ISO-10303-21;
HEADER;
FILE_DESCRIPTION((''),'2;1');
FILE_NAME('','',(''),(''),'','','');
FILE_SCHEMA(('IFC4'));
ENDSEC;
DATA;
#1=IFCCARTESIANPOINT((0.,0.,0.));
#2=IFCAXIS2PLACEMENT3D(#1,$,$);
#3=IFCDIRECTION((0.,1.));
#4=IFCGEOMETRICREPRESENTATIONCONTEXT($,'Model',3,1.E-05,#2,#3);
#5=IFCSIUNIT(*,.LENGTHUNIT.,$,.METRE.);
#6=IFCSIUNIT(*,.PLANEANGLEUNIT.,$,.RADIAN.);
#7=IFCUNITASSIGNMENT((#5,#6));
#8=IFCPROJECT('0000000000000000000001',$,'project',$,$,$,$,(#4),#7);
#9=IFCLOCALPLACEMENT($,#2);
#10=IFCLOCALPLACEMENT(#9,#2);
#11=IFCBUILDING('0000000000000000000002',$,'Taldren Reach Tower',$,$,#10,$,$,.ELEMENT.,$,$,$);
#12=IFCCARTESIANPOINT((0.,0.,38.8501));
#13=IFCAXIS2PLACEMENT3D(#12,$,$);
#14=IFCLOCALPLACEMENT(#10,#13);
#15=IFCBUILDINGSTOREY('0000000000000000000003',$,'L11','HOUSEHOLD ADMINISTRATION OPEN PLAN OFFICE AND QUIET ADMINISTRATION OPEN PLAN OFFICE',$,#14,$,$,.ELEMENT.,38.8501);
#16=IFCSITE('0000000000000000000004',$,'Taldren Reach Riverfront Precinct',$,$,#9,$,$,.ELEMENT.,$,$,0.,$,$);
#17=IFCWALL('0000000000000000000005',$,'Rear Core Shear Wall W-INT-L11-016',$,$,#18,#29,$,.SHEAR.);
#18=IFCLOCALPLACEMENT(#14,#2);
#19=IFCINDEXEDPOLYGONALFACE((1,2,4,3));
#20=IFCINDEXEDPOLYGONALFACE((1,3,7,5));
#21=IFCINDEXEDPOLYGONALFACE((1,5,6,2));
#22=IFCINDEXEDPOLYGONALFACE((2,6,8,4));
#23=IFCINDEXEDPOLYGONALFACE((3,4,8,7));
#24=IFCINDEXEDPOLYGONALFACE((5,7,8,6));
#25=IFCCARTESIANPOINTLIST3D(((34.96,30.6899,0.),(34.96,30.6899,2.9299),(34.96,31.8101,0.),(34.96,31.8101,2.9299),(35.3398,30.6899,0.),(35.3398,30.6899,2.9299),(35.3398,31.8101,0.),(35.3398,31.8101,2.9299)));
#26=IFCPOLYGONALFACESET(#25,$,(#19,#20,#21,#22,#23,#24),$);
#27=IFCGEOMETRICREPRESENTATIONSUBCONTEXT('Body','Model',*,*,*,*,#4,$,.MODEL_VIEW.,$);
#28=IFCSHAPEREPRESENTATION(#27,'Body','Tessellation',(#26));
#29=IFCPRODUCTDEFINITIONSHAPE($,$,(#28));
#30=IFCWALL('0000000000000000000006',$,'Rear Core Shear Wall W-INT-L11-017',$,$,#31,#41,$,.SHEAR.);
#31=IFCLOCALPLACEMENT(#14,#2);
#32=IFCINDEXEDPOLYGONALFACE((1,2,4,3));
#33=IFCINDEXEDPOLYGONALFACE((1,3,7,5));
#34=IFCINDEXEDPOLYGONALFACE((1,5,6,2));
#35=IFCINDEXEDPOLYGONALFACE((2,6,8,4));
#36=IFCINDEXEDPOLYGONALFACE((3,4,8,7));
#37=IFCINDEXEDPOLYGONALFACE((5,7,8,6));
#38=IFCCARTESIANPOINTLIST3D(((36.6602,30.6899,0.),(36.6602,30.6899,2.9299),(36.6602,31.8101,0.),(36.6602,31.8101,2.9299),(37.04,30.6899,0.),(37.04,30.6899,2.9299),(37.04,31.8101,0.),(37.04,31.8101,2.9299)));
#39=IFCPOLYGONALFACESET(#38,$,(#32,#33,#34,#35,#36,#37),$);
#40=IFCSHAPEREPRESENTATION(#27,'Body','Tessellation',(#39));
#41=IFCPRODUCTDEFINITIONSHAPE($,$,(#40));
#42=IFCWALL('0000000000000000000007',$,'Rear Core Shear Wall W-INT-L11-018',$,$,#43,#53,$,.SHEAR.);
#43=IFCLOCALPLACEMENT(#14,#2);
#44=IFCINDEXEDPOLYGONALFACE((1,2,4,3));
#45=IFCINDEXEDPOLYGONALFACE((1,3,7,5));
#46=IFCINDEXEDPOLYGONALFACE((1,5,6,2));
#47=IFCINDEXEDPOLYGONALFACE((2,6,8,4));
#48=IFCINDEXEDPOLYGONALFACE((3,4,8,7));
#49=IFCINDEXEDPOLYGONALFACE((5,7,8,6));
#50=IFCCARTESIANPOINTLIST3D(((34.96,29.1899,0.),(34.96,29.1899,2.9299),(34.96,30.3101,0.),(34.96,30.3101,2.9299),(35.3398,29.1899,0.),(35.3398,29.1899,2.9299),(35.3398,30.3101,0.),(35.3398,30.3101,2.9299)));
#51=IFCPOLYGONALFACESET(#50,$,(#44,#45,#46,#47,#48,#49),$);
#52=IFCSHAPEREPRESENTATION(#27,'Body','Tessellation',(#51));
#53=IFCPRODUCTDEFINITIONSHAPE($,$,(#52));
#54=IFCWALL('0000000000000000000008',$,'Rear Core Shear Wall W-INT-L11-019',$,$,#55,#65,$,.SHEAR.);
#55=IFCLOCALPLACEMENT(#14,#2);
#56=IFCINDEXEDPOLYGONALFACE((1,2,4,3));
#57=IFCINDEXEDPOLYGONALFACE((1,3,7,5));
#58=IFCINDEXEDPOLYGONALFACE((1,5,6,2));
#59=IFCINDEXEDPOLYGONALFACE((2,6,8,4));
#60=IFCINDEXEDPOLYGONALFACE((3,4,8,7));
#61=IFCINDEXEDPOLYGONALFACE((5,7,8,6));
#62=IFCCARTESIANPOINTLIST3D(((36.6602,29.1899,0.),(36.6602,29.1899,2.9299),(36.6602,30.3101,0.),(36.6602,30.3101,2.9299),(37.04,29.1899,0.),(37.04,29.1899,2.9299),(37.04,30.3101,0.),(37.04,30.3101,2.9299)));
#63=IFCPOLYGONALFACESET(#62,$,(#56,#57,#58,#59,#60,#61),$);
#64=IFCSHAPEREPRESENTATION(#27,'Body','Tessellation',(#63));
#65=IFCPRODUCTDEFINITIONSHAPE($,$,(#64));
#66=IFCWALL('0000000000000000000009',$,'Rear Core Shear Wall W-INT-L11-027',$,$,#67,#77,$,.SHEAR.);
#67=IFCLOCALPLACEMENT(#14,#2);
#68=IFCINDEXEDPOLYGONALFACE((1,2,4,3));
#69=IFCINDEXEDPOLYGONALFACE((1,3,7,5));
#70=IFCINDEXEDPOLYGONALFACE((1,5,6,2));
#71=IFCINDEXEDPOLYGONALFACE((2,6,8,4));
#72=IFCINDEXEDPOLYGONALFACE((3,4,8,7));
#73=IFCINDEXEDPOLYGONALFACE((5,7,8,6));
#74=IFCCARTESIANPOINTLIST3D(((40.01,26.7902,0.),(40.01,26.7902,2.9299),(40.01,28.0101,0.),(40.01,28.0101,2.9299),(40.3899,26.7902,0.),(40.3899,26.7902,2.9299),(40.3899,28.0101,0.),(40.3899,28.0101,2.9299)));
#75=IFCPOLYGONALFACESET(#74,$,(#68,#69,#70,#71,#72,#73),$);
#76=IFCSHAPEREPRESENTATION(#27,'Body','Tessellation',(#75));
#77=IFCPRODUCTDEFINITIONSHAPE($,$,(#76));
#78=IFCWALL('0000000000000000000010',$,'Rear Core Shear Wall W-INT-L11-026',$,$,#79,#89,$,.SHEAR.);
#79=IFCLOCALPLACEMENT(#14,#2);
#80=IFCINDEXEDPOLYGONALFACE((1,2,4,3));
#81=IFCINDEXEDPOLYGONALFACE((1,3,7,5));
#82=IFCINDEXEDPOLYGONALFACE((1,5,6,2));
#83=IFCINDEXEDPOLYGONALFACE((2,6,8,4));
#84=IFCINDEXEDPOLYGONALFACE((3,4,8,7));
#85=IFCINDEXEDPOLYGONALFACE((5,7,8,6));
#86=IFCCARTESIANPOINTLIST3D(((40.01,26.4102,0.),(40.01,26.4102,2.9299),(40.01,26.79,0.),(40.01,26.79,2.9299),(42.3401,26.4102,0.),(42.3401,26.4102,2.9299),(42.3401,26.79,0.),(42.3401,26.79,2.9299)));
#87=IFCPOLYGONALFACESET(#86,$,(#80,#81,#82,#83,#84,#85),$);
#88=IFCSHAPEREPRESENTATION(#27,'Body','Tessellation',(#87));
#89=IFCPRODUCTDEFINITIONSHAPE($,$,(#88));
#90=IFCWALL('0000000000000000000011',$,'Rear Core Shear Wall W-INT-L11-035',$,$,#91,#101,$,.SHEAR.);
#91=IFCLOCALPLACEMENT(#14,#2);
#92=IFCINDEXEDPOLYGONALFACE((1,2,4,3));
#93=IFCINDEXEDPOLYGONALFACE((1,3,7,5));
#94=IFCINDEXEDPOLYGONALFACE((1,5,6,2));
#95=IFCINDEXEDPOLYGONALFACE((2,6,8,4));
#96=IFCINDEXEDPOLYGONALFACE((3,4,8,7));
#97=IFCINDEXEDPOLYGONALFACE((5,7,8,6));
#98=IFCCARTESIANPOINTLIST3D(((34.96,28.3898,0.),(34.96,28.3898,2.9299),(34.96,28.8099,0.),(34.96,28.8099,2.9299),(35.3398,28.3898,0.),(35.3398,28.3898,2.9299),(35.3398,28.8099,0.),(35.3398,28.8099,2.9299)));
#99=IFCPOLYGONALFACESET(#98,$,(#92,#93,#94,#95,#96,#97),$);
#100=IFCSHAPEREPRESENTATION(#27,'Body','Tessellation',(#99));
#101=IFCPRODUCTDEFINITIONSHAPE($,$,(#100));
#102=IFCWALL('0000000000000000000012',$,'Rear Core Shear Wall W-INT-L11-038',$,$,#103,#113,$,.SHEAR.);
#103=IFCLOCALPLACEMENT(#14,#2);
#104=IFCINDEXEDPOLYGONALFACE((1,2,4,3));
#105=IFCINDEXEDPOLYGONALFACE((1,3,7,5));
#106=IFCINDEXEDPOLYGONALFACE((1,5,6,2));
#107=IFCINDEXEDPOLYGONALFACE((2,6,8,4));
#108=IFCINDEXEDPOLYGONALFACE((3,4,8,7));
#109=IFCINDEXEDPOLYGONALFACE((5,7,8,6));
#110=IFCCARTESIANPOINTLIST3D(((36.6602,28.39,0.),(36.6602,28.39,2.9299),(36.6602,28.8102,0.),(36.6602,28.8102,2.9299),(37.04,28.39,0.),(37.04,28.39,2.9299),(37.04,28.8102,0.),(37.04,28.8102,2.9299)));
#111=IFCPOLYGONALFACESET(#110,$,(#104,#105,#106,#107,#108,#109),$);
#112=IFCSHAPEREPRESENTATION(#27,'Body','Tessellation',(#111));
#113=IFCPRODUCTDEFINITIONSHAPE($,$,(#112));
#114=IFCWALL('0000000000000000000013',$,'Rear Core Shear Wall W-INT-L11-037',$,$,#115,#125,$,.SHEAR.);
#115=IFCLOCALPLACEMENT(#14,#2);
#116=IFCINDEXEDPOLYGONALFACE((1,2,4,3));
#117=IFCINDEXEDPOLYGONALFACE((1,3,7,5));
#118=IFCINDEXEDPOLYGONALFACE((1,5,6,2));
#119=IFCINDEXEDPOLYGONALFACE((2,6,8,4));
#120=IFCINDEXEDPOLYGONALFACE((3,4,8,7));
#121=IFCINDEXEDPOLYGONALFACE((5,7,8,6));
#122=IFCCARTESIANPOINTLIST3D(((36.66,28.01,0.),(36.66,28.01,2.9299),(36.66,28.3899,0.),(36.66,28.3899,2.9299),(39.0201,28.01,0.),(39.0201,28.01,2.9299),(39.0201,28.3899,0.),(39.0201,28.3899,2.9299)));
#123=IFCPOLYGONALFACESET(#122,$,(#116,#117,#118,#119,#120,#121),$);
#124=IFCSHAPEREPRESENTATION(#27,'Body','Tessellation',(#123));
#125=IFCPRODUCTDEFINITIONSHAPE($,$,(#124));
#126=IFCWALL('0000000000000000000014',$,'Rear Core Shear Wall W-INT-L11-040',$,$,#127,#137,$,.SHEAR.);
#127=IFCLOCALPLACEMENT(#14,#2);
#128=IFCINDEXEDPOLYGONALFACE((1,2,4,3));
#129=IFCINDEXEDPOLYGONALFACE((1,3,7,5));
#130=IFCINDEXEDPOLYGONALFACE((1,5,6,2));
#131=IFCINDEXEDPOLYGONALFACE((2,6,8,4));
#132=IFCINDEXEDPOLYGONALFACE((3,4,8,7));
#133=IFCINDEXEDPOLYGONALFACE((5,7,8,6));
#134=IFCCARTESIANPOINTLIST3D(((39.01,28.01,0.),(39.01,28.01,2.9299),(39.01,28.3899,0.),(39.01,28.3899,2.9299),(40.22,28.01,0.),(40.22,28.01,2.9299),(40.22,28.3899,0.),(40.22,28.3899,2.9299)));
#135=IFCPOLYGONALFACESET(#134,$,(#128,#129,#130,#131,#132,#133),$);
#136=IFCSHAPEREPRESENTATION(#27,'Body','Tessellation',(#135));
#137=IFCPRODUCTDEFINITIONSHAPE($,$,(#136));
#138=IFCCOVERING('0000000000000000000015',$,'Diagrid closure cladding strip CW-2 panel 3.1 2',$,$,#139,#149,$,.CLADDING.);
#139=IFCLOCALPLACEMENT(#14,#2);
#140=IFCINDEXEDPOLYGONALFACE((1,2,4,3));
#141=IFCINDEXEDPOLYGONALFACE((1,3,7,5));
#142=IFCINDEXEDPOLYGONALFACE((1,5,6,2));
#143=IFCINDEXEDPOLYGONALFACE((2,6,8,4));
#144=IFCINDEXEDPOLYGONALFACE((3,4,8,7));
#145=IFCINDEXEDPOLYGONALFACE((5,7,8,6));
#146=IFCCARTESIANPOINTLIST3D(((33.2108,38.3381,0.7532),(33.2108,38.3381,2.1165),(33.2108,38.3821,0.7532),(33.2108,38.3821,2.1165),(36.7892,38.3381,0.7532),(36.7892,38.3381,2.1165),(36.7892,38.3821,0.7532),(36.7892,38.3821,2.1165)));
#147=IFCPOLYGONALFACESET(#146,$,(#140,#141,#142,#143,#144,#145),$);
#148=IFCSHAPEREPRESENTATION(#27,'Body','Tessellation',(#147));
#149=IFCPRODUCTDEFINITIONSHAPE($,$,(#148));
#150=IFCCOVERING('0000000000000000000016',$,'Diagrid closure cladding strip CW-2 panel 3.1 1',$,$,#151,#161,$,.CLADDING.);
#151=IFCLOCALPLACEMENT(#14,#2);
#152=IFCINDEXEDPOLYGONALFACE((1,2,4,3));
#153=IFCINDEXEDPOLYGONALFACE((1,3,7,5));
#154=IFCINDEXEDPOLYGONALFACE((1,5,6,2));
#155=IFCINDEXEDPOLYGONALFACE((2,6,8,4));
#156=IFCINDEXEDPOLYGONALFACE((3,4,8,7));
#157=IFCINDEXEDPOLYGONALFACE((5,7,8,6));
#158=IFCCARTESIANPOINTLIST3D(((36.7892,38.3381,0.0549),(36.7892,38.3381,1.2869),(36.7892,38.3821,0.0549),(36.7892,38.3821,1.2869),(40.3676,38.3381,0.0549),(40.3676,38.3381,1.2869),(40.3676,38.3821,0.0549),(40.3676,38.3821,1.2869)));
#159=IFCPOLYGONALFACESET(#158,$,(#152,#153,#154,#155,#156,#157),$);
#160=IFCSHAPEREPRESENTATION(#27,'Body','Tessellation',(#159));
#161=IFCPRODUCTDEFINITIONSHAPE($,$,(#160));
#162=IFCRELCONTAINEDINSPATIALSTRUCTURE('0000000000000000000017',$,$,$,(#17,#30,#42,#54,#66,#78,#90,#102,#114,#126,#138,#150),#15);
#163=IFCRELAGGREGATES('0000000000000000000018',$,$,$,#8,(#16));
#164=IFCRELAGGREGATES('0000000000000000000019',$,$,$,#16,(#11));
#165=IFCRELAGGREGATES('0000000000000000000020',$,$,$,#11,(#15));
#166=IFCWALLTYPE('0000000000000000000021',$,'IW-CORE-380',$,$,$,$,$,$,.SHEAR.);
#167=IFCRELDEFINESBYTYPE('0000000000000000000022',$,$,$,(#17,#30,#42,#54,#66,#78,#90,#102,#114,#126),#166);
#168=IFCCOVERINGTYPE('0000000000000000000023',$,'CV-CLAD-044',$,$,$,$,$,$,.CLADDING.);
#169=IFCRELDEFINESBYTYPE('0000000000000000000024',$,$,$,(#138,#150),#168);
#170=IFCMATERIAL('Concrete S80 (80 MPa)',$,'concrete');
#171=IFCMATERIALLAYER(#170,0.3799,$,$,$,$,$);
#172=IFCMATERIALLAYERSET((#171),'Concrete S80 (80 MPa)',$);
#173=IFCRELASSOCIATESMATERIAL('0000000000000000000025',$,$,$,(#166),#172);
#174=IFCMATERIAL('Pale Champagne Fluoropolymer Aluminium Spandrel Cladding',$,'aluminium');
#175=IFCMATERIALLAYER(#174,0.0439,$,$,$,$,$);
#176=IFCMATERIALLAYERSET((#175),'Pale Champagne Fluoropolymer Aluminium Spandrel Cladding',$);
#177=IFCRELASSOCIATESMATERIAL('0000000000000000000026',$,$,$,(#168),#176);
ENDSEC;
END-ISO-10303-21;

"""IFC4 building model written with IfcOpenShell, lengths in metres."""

from ifc_helpers import new_model, si_unit, direction, frame, frame_2d, origin, origin_2d, place, context, subcontext, project, spatial, rectangle, extrude, source, transform, mapped, material, layer, layer_set, type_object, element, save


model = new_model("IFC4")

# Units and contexts
model_context = context("Model", 3, precision=1e-05, world=origin(), true_north=direction((0.0, 1.0)))
body_context = subcontext(model_context, "Body", "Model", "MODEL_VIEW")
ifc_project = project(units=[si_unit("LENGTHUNIT", "METRE"), si_unit("PLANEANGLEUNIT", "RADIAN")], contexts=[model_context])

# Site, building, storey
site_placement = place(None, origin())
site = spatial("IfcSite", under=ifc_project, at=site_placement, Name="Taldren Reach Riverfront Precinct", CompositionType="ELEMENT", RefElevation=0.0)
building_placement = place(site_placement, origin())
building = spatial("IfcBuilding", under=site, at=building_placement, Name="Taldren Reach Tower", CompositionType="ELEMENT")
storey_placement = place(building_placement, frame((0.0, 0.0, 38.8501)))
storey = spatial("IfcBuildingStorey", under=building, at=storey_placement, Name="L11", Description="HOUSEHOLD ADMINISTRATION OPEN PLAN OFFICE AND QUIET ADMINISTRATION OPEN PLAN OFFICE", CompositionType="ELEMENT", Elevation=38.8501)

# Walls
ifc_material_1 = material(Name="Concrete S80 (80 MPa)", Category="concrete")
ifc_layer_1 = layer(ifc_material_1, 0.3799)
ifc_layer_set_1 = layer_set([ifc_layer_1], Name="Concrete S80 (80 MPa)")
wall_type_1 = type_object("IfcWallType", Name="IW-CORE-380", PredefinedType="SHEAR", material=ifc_layer_set_1)
shared_shape_1 = source(origin(), body_context, "Body", "SweptSolid", [
    extrude(rectangle(XDim=1.1201, YDim=0.3799, at=frame_2d((0.5601, 0.0))), origin(), (0.0, 0.0, 1.0), 2.9299),
])
for number, where, z_axis, x_axis, name in (
    (1, (35.1499, 31.8101, 0.0), (0.0, 0.0, 1.0), (0.0, -1.0, 0.0), "Rear Core Shear Wall W-INT-L11-016"),
    (2, (36.8501, 30.6899, 0.0), (0.0, 0.0, 1.0), (0.0, 1.0, 0.0), "Rear Core Shear Wall W-INT-L11-017"),
    (3, (35.1499, 30.3101, 0.0), (0.0, 0.0, 1.0), (0.0, -1.0, 0.0), "Rear Core Shear Wall W-INT-L11-018"),
    (4, (36.8501, 29.1899, 0.0), (0.0, 0.0, 1.0), (0.0, 1.0, 0.0), "Rear Core Shear Wall W-INT-L11-019"),
):
    element("IfcWall", number, at=place(storey_placement, frame(where, z_axis=z_axis, x_axis=x_axis)), inside=storey, type_object=wall_type_1, Name=name, PredefinedType="SHEAR", context=body_context, shape_type="MappedRepresentation", body=[
        mapped(shared_shape_1, transform((0.0, 0.0, 0.0), scale=1.0)),
    ])
shared_shape_2 = source(origin(), body_context, "Body", "SweptSolid", [
    extrude(rectangle(XDim=1.22, YDim=0.3799, at=frame_2d((0.6099, 0.0))), origin(), (0.0, 0.0, 1.0), 2.9299),
])
wall_1_placement = place(storey_placement, frame((40.2, 28.01, 0.0), z_axis=(0.0, 0.0, 1.0), x_axis=(0.0, -1.0, 0.0)))
element("IfcWall", 5, at=wall_1_placement, inside=storey, type_object=wall_type_1, Name="Rear Core Shear Wall W-INT-L11-027", PredefinedType="SHEAR", context=body_context, shape_type="MappedRepresentation", body=[
    mapped(shared_shape_2, transform((0.0, 0.0, 0.0), scale=1.0)),
])
shared_shape_3 = source(origin(), body_context, "Body", "SweptSolid", [
    extrude(rectangle(XDim=2.3301, YDim=0.3799, at=frame_2d((1.165, 0.0))), origin(), (0.0, 0.0, 1.0), 2.9299),
])
wall_2_placement = place(storey_placement, frame((40.01, 26.6001, 0.0), z_axis=(0.0, 0.0, 1.0), x_axis=(1.0, 0.0, 0.0)))
element("IfcWall", 6, at=wall_2_placement, inside=storey, type_object=wall_type_1, Name="Rear Core Shear Wall W-INT-L11-026", PredefinedType="SHEAR", context=body_context, shape_type="MappedRepresentation", body=[
    mapped(shared_shape_3, transform((0.0, 0.0, 0.0), scale=1.0)),
])
shared_shape_4 = source(origin(), body_context, "Body", "SweptSolid", [
    extrude(rectangle(XDim=0.4202, YDim=0.3799, at=frame_2d((0.21, 0.0))), origin(), (0.0, 0.0, 1.0), 2.9299),
])
for number, where, z_axis, x_axis, name in (
    (7, (35.1499, 28.3899, 0.0), (0.0, 0.0, 1.0), (0.0, 1.0, 0.0), "Rear Core Shear Wall W-INT-L11-035"),
    (8, (36.8501, 28.8101, 0.0), (0.0, 0.0, 1.0), (0.0, -1.0, 0.0), "Rear Core Shear Wall W-INT-L11-038"),
):
    element("IfcWall", number, at=place(storey_placement, frame(where, z_axis=z_axis, x_axis=x_axis)), inside=storey, type_object=wall_type_1, Name=name, PredefinedType="SHEAR", context=body_context, shape_type="MappedRepresentation", body=[
        mapped(shared_shape_4, transform((0.0, 0.0, 0.0), scale=1.0)),
    ])
shared_shape_5 = source(origin(), body_context, "Body", "SweptSolid", [
    extrude(rectangle(XDim=2.3601, YDim=0.3799, at=frame_2d((1.1802, 0.0))), origin(), (0.0, 0.0, 1.0), 2.9299),
])
wall_3_placement = place(storey_placement, frame((36.6599, 28.2, 0.0), z_axis=(0.0, 0.0, 1.0), x_axis=(1.0, 0.0, 0.0)))
element("IfcWall", 9, at=wall_3_placement, inside=storey, type_object=wall_type_1, Name="Rear Core Shear Wall W-INT-L11-037", PredefinedType="SHEAR", context=body_context, shape_type="MappedRepresentation", body=[
    mapped(shared_shape_5, transform((0.0, 0.0, 0.0), scale=1.0)),
])
shared_shape_6 = source(origin(), body_context, "Body", "SweptSolid", [
    extrude(rectangle(XDim=1.21, YDim=0.3799, at=frame_2d((0.605, 0.0))), origin(), (0.0, 0.0, 1.0), 2.9299),
])
wall_4_placement = place(storey_placement, frame((39.01, 28.2, 0.0), z_axis=(0.0, 0.0, 1.0), x_axis=(1.0, 0.0, 0.0)))
element("IfcWall", 10, at=wall_4_placement, inside=storey, type_object=wall_type_1, Name="Rear Core Shear Wall W-INT-L11-040", PredefinedType="SHEAR", context=body_context, shape_type="MappedRepresentation", body=[
    mapped(shared_shape_6, transform((0.0, 0.0, 0.0), scale=1.0)),
])

# Coverings
ifc_material_2 = material(Name="Pale Champagne Fluoropolymer Aluminium Spandrel Cladding", Category="aluminium")
ifc_layer_2 = layer(ifc_material_2, 0.0439)
ifc_layer_set_2 = layer_set([ifc_layer_2], Name="Pale Champagne Fluoropolymer Aluminium Spandrel Cladding")
covering_type = type_object("IfcCoveringType", Name="CV-CLAD-044", PredefinedType="CLADDING", material=ifc_layer_set_2)
shared_shape_7 = source(origin(), body_context, "Body", "SweptSolid", [
    extrude(rectangle(XDim=3.5784, YDim=0.0439, at=origin_2d()), origin(), (0.0, 0.0, 1.0), 1.3633),
])
covering_1_placement = place(storey_placement, frame((35.0, 38.3601, 0.7532), z_axis=(0.0, 0.0, 1.0), x_axis=(-1.0, 0.0, 0.0)))
element("IfcCovering", 11, at=covering_1_placement, inside=storey, type_object=covering_type, Name="Diagrid closure cladding strip CW-2 panel 3.1 2", PredefinedType="CLADDING", context=body_context, shape_type="MappedRepresentation", body=[
    mapped(shared_shape_7, transform((0.0, 0.0, 0.0), scale=1.0)),
])
shared_shape_8 = source(origin(), body_context, "Body", "SweptSolid", [
    extrude(rectangle(XDim=3.5784, YDim=0.0439, at=origin_2d()), origin(), (0.0, 0.0, 1.0), 1.2319),
])
covering_2_placement = place(storey_placement, frame((38.5784, 38.3601, 0.0549), z_axis=(0.0, 0.0, 1.0), x_axis=(-1.0, 0.0, 0.0)))
element("IfcCovering", 12, at=covering_2_placement, inside=storey, type_object=covering_type, Name="Diagrid closure cladding strip CW-2 panel 3.1 1", PredefinedType="CLADDING", context=body_context, shape_type="MappedRepresentation", body=[
    mapped(shared_shape_8, transform((0.0, 0.0, 0.0), scale=1.0)),
])

save(model, "model.ifc")
